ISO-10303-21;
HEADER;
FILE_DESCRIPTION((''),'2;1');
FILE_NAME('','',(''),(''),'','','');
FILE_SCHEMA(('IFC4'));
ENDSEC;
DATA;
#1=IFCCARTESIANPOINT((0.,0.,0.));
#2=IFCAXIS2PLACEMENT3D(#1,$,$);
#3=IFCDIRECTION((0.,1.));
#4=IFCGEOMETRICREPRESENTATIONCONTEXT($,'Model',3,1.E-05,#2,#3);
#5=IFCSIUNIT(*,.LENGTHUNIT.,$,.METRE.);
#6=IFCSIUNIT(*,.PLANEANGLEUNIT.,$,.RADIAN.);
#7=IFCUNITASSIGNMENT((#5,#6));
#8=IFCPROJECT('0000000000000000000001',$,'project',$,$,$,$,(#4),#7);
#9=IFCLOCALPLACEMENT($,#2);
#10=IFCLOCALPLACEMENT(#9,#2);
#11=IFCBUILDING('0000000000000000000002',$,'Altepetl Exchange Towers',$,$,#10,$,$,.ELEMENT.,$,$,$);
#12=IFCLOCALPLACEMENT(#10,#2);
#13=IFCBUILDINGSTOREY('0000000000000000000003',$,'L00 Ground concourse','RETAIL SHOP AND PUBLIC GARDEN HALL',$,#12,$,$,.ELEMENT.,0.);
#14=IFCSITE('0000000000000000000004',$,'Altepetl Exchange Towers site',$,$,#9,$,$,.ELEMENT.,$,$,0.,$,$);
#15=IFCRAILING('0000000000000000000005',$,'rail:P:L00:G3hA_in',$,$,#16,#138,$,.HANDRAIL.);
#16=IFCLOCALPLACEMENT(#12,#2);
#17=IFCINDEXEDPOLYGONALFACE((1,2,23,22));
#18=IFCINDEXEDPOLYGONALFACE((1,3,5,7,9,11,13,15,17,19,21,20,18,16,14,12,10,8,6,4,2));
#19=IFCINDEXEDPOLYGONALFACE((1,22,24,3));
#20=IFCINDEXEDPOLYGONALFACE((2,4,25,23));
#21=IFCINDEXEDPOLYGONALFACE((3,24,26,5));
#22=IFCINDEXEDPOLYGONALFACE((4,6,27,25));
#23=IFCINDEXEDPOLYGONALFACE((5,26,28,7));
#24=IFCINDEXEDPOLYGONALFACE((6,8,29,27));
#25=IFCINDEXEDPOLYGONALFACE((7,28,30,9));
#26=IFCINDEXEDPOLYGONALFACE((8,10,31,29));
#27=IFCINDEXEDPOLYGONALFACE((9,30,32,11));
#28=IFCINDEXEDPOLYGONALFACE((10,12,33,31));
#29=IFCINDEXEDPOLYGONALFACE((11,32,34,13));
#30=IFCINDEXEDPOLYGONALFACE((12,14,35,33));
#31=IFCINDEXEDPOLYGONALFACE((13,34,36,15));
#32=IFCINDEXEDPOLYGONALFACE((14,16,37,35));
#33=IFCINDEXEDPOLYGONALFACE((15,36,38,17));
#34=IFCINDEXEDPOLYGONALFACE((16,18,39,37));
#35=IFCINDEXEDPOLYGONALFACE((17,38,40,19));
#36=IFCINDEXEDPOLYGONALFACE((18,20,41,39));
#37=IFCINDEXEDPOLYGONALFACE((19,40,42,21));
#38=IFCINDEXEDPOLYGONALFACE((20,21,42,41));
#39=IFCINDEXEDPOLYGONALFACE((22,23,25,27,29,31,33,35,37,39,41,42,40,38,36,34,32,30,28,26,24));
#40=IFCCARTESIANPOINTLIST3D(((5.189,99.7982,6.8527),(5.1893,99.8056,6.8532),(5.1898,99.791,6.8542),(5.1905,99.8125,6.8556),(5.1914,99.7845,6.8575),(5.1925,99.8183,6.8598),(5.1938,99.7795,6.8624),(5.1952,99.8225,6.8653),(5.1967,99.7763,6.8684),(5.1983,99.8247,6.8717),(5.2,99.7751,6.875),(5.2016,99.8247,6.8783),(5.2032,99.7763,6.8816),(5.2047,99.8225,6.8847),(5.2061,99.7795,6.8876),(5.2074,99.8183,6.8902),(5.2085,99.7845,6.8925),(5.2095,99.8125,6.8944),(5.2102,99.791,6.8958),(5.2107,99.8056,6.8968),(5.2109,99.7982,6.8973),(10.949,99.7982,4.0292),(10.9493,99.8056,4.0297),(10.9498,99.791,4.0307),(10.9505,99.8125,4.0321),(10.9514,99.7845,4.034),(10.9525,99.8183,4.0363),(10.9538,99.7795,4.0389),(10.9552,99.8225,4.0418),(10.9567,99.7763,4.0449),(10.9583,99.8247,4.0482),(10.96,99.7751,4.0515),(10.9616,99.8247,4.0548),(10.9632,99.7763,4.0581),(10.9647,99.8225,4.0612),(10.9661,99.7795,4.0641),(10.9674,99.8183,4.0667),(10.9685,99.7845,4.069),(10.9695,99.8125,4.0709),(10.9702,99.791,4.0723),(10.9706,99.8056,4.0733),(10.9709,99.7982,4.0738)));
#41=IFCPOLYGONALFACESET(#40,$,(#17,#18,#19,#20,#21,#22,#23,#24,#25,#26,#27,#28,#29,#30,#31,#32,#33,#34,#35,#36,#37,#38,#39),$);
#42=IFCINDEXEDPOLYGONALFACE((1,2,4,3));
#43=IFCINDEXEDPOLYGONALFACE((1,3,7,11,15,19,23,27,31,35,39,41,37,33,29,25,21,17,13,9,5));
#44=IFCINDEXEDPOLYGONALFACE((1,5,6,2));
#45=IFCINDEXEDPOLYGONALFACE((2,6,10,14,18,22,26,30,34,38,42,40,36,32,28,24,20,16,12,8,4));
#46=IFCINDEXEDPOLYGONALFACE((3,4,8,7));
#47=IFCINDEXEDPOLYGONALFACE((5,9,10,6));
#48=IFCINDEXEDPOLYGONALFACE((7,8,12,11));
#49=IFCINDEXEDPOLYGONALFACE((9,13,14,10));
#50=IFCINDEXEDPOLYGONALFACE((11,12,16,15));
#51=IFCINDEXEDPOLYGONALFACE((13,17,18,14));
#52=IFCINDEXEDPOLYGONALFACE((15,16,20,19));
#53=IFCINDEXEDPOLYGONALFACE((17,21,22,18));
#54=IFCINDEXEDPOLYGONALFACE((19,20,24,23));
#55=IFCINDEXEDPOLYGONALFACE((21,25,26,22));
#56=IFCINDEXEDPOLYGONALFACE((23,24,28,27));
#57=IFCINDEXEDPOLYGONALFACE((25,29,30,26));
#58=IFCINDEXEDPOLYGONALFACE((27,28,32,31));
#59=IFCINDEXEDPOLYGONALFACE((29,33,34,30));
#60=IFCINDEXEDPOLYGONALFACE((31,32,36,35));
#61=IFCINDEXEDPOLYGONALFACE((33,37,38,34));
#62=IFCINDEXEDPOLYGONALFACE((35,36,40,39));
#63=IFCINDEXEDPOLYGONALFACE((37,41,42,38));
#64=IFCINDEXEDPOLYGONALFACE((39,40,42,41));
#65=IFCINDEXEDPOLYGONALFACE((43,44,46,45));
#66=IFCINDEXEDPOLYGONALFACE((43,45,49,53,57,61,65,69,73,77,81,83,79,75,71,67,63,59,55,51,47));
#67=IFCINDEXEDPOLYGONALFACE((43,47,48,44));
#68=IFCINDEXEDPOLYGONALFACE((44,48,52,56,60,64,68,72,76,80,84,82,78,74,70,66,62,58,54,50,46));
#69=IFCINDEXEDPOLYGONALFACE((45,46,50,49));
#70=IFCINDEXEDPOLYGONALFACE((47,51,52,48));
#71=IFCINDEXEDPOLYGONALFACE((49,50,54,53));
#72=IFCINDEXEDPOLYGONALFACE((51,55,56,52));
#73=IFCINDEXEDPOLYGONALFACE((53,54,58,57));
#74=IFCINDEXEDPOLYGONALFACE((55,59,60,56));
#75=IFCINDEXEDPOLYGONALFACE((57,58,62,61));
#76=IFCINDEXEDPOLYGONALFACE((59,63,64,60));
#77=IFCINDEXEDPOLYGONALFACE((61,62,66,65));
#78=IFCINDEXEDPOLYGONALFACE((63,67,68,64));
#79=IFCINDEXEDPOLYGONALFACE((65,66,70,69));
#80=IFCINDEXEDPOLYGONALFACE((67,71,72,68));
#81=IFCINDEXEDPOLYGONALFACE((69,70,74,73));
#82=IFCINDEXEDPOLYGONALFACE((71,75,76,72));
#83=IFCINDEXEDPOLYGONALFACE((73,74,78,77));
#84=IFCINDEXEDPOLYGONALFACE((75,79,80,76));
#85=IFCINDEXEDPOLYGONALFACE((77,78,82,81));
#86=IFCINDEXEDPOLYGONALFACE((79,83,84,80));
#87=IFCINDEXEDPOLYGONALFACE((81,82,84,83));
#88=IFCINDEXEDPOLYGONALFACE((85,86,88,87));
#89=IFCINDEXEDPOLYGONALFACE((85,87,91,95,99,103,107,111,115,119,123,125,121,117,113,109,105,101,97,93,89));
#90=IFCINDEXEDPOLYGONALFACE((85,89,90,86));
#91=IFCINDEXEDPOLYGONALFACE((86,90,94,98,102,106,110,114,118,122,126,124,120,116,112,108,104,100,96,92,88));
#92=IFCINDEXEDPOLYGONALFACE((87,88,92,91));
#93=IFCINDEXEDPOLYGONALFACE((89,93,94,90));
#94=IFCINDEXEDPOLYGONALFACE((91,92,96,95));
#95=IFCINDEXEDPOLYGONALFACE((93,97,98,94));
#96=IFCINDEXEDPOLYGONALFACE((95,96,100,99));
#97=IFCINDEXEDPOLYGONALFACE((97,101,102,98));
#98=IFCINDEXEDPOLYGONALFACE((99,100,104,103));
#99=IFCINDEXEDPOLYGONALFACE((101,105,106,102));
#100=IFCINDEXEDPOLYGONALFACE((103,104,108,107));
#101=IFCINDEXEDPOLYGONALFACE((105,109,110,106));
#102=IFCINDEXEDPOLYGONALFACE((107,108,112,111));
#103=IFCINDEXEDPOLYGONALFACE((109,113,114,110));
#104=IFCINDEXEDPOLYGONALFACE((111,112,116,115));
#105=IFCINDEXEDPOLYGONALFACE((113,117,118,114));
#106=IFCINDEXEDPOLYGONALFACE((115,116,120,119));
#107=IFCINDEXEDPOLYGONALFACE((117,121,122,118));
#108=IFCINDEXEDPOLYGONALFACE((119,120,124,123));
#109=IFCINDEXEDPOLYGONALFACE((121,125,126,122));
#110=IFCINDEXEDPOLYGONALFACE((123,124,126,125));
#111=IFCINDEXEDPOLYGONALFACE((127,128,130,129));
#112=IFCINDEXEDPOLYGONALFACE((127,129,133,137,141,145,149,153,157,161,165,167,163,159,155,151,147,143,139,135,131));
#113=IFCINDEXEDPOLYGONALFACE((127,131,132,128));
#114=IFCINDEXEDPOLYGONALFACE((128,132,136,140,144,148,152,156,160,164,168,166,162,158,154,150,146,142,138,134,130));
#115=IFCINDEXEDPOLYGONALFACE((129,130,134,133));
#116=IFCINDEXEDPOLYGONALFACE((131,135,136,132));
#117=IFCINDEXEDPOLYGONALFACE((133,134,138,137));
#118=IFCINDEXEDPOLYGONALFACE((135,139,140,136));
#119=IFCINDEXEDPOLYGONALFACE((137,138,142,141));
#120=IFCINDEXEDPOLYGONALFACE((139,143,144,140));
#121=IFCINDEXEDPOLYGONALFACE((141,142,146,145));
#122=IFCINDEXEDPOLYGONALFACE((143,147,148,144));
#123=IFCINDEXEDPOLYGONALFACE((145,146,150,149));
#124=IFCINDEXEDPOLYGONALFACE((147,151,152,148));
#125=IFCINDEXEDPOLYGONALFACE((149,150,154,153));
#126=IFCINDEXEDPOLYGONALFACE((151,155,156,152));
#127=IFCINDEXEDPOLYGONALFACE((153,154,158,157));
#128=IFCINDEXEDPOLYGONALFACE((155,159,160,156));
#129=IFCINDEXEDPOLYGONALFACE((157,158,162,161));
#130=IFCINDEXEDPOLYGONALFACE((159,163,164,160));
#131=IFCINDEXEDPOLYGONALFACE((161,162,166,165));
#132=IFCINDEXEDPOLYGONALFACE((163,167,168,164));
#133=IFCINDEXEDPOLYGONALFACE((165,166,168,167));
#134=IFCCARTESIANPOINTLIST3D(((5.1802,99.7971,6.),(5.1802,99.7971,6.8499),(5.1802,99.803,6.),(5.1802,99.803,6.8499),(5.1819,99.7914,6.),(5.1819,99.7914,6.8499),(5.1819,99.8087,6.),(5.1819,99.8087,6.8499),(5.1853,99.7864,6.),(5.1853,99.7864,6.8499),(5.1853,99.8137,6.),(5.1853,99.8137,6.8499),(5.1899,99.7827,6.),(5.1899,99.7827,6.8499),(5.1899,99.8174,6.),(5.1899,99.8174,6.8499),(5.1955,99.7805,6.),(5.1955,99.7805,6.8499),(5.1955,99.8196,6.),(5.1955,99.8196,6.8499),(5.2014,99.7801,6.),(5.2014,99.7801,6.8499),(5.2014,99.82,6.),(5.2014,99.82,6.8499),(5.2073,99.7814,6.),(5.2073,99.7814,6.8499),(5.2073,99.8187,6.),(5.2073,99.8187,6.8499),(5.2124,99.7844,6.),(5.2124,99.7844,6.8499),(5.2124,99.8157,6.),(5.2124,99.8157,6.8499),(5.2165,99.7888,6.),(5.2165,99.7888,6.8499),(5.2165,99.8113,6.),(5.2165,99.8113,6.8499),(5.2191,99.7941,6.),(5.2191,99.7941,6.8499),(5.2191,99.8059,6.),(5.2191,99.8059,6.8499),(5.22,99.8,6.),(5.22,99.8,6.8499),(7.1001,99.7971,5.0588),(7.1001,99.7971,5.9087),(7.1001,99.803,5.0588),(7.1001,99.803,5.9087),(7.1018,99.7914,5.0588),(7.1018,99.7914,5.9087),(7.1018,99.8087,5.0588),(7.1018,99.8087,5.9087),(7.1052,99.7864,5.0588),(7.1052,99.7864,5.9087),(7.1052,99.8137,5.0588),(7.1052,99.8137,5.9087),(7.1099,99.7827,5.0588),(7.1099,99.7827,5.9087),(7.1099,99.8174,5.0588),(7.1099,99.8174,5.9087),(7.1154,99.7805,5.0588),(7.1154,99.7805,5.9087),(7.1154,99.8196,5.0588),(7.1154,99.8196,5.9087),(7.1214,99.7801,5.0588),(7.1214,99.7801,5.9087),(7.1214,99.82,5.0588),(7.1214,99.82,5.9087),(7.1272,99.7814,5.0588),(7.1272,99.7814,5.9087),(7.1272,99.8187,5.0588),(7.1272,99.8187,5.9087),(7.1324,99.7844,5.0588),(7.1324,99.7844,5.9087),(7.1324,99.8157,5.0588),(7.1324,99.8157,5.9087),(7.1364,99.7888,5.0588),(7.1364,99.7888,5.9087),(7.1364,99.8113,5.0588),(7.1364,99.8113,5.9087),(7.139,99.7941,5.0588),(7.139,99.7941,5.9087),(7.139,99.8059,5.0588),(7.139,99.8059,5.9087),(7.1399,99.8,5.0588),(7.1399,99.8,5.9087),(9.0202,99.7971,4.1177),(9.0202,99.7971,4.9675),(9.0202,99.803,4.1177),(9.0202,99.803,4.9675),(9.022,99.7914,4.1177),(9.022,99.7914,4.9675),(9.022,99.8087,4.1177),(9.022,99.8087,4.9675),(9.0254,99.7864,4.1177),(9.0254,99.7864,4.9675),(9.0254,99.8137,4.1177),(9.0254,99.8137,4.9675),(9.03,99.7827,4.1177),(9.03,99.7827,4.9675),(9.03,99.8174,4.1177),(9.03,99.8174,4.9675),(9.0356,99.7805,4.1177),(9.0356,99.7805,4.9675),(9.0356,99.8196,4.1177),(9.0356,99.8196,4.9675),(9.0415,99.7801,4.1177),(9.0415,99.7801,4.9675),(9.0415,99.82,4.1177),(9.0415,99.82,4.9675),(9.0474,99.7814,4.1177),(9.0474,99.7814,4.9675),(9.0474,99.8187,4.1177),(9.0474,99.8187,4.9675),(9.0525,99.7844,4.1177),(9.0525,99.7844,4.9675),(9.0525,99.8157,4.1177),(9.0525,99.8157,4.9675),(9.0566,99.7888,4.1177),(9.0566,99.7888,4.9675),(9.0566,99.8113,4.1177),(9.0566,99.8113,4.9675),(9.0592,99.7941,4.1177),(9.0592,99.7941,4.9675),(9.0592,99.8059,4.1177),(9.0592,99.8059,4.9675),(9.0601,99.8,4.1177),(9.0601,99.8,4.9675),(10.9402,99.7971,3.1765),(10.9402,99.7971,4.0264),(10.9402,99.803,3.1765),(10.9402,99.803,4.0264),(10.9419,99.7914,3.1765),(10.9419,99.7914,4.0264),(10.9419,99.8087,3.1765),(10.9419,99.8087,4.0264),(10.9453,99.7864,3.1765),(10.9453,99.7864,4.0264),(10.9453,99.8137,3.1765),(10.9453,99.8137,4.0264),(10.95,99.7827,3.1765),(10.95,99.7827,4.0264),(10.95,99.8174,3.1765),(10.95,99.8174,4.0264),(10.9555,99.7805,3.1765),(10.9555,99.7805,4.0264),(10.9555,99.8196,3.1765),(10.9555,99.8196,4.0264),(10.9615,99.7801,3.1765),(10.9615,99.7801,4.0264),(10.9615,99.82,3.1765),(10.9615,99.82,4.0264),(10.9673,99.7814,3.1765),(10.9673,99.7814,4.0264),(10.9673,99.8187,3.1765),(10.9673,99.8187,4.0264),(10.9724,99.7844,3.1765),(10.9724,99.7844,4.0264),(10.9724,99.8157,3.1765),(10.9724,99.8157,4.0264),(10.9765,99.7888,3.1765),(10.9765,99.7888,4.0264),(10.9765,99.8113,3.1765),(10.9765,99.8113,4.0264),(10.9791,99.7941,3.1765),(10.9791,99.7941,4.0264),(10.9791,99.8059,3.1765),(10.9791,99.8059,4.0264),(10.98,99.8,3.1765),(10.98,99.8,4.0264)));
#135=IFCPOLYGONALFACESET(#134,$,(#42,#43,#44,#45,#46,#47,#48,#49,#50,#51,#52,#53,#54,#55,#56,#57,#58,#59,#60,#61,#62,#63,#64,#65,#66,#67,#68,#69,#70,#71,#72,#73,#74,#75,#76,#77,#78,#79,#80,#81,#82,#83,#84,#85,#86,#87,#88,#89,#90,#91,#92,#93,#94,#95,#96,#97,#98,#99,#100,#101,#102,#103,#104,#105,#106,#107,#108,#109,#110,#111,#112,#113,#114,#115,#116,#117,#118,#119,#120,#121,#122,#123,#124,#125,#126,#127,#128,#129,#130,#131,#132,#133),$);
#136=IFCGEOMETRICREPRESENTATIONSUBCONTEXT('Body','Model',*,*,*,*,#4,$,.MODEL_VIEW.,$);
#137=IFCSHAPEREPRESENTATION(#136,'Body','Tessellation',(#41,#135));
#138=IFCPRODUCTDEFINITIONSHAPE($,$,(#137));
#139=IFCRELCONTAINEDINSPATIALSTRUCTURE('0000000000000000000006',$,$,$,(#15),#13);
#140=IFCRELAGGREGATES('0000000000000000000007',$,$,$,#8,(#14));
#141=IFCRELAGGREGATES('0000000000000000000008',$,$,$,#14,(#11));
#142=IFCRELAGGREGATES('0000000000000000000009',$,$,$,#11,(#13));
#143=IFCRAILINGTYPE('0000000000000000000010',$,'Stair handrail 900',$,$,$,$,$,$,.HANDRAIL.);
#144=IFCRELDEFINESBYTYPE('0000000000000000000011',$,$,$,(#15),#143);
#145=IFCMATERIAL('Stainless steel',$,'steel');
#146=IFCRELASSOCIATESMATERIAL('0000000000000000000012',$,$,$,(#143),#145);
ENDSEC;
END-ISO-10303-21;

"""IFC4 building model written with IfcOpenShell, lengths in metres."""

from ifc_helpers import new_model, si_unit, direction, frame, origin, origin_2d, place, context, subcontext, project, spatial, circle, extrude, source, transform, mapped, material, type_object, element, save


model = new_model("IFC4")

# Units and contexts
model_context = context("Model", 3, precision=1e-05, world=origin(), true_north=direction((0.0, 1.0)))
body_context = subcontext(model_context, "Body", "Model", "MODEL_VIEW")
ifc_project = project(units=[si_unit("LENGTHUNIT", "METRE"), si_unit("PLANEANGLEUNIT", "RADIAN")], contexts=[model_context])

# Site, building, storey
site_placement = place(None, origin())
site = spatial("IfcSite", under=ifc_project, at=site_placement, Name="Altepetl Exchange Towers site", CompositionType="ELEMENT", RefElevation=0.0)
building_placement = place(site_placement, origin())
building = spatial("IfcBuilding", under=site, at=building_placement, Name="Altepetl Exchange Towers", CompositionType="ELEMENT")
storey_placement = place(building_placement, origin())
storey = spatial("IfcBuildingStorey", under=building, at=storey_placement, Name="L00 Ground concourse", Description="RETAIL SHOP AND PUBLIC GARDEN HALL", CompositionType="ELEMENT", Elevation=0.0)

# Railing
ifc_material_1 = material(Name="Stainless steel", Category="steel")
railing_type_1 = type_object("IfcRailingType", Name="Stair handrail 900", PredefinedType="HANDRAIL", material=ifc_material_1)
shared_shape_1 = source(origin(), body_context, "Body", "SweptSolid", [
    extrude(circle(Radius=0.02, at=origin_2d()), origin(), (0.0, 0.0, 1.0), 0.8499),
])
for number, where, name in (
    (1, (10.96, 99.8, 3.1765), "rail:P:L00:G3hA_in"),
):
    element("IfcRailing", number, at=place(storey_placement, frame(where)), inside=storey, type_object=railing_type_1, Name=name, PredefinedType="HANDRAIL", context=body_context, shape_type="SweptSolid", body=[
        extrude(circle(Radius=0.0249, at=origin_2d()), frame((0.0, 0.0, 0.875), z_axis=(-0.897924, 0.0, 0.440151), x_axis=(0.0, -1.0, 0.0)), (0.0, 0.0, 1.0), 6.4148),
        mapped(shared_shape_1, transform((0.0, 0.0, 0.0))),
        mapped(shared_shape_1, transform((-1.9199, 0.0, 0.9412))),
        mapped(shared_shape_1, transform((-3.8401, 0.0, 1.8823))),
        mapped(shared_shape_1, transform((-5.76, 0.0, 2.8235))),
    ])

save(model, "model.ifc")
